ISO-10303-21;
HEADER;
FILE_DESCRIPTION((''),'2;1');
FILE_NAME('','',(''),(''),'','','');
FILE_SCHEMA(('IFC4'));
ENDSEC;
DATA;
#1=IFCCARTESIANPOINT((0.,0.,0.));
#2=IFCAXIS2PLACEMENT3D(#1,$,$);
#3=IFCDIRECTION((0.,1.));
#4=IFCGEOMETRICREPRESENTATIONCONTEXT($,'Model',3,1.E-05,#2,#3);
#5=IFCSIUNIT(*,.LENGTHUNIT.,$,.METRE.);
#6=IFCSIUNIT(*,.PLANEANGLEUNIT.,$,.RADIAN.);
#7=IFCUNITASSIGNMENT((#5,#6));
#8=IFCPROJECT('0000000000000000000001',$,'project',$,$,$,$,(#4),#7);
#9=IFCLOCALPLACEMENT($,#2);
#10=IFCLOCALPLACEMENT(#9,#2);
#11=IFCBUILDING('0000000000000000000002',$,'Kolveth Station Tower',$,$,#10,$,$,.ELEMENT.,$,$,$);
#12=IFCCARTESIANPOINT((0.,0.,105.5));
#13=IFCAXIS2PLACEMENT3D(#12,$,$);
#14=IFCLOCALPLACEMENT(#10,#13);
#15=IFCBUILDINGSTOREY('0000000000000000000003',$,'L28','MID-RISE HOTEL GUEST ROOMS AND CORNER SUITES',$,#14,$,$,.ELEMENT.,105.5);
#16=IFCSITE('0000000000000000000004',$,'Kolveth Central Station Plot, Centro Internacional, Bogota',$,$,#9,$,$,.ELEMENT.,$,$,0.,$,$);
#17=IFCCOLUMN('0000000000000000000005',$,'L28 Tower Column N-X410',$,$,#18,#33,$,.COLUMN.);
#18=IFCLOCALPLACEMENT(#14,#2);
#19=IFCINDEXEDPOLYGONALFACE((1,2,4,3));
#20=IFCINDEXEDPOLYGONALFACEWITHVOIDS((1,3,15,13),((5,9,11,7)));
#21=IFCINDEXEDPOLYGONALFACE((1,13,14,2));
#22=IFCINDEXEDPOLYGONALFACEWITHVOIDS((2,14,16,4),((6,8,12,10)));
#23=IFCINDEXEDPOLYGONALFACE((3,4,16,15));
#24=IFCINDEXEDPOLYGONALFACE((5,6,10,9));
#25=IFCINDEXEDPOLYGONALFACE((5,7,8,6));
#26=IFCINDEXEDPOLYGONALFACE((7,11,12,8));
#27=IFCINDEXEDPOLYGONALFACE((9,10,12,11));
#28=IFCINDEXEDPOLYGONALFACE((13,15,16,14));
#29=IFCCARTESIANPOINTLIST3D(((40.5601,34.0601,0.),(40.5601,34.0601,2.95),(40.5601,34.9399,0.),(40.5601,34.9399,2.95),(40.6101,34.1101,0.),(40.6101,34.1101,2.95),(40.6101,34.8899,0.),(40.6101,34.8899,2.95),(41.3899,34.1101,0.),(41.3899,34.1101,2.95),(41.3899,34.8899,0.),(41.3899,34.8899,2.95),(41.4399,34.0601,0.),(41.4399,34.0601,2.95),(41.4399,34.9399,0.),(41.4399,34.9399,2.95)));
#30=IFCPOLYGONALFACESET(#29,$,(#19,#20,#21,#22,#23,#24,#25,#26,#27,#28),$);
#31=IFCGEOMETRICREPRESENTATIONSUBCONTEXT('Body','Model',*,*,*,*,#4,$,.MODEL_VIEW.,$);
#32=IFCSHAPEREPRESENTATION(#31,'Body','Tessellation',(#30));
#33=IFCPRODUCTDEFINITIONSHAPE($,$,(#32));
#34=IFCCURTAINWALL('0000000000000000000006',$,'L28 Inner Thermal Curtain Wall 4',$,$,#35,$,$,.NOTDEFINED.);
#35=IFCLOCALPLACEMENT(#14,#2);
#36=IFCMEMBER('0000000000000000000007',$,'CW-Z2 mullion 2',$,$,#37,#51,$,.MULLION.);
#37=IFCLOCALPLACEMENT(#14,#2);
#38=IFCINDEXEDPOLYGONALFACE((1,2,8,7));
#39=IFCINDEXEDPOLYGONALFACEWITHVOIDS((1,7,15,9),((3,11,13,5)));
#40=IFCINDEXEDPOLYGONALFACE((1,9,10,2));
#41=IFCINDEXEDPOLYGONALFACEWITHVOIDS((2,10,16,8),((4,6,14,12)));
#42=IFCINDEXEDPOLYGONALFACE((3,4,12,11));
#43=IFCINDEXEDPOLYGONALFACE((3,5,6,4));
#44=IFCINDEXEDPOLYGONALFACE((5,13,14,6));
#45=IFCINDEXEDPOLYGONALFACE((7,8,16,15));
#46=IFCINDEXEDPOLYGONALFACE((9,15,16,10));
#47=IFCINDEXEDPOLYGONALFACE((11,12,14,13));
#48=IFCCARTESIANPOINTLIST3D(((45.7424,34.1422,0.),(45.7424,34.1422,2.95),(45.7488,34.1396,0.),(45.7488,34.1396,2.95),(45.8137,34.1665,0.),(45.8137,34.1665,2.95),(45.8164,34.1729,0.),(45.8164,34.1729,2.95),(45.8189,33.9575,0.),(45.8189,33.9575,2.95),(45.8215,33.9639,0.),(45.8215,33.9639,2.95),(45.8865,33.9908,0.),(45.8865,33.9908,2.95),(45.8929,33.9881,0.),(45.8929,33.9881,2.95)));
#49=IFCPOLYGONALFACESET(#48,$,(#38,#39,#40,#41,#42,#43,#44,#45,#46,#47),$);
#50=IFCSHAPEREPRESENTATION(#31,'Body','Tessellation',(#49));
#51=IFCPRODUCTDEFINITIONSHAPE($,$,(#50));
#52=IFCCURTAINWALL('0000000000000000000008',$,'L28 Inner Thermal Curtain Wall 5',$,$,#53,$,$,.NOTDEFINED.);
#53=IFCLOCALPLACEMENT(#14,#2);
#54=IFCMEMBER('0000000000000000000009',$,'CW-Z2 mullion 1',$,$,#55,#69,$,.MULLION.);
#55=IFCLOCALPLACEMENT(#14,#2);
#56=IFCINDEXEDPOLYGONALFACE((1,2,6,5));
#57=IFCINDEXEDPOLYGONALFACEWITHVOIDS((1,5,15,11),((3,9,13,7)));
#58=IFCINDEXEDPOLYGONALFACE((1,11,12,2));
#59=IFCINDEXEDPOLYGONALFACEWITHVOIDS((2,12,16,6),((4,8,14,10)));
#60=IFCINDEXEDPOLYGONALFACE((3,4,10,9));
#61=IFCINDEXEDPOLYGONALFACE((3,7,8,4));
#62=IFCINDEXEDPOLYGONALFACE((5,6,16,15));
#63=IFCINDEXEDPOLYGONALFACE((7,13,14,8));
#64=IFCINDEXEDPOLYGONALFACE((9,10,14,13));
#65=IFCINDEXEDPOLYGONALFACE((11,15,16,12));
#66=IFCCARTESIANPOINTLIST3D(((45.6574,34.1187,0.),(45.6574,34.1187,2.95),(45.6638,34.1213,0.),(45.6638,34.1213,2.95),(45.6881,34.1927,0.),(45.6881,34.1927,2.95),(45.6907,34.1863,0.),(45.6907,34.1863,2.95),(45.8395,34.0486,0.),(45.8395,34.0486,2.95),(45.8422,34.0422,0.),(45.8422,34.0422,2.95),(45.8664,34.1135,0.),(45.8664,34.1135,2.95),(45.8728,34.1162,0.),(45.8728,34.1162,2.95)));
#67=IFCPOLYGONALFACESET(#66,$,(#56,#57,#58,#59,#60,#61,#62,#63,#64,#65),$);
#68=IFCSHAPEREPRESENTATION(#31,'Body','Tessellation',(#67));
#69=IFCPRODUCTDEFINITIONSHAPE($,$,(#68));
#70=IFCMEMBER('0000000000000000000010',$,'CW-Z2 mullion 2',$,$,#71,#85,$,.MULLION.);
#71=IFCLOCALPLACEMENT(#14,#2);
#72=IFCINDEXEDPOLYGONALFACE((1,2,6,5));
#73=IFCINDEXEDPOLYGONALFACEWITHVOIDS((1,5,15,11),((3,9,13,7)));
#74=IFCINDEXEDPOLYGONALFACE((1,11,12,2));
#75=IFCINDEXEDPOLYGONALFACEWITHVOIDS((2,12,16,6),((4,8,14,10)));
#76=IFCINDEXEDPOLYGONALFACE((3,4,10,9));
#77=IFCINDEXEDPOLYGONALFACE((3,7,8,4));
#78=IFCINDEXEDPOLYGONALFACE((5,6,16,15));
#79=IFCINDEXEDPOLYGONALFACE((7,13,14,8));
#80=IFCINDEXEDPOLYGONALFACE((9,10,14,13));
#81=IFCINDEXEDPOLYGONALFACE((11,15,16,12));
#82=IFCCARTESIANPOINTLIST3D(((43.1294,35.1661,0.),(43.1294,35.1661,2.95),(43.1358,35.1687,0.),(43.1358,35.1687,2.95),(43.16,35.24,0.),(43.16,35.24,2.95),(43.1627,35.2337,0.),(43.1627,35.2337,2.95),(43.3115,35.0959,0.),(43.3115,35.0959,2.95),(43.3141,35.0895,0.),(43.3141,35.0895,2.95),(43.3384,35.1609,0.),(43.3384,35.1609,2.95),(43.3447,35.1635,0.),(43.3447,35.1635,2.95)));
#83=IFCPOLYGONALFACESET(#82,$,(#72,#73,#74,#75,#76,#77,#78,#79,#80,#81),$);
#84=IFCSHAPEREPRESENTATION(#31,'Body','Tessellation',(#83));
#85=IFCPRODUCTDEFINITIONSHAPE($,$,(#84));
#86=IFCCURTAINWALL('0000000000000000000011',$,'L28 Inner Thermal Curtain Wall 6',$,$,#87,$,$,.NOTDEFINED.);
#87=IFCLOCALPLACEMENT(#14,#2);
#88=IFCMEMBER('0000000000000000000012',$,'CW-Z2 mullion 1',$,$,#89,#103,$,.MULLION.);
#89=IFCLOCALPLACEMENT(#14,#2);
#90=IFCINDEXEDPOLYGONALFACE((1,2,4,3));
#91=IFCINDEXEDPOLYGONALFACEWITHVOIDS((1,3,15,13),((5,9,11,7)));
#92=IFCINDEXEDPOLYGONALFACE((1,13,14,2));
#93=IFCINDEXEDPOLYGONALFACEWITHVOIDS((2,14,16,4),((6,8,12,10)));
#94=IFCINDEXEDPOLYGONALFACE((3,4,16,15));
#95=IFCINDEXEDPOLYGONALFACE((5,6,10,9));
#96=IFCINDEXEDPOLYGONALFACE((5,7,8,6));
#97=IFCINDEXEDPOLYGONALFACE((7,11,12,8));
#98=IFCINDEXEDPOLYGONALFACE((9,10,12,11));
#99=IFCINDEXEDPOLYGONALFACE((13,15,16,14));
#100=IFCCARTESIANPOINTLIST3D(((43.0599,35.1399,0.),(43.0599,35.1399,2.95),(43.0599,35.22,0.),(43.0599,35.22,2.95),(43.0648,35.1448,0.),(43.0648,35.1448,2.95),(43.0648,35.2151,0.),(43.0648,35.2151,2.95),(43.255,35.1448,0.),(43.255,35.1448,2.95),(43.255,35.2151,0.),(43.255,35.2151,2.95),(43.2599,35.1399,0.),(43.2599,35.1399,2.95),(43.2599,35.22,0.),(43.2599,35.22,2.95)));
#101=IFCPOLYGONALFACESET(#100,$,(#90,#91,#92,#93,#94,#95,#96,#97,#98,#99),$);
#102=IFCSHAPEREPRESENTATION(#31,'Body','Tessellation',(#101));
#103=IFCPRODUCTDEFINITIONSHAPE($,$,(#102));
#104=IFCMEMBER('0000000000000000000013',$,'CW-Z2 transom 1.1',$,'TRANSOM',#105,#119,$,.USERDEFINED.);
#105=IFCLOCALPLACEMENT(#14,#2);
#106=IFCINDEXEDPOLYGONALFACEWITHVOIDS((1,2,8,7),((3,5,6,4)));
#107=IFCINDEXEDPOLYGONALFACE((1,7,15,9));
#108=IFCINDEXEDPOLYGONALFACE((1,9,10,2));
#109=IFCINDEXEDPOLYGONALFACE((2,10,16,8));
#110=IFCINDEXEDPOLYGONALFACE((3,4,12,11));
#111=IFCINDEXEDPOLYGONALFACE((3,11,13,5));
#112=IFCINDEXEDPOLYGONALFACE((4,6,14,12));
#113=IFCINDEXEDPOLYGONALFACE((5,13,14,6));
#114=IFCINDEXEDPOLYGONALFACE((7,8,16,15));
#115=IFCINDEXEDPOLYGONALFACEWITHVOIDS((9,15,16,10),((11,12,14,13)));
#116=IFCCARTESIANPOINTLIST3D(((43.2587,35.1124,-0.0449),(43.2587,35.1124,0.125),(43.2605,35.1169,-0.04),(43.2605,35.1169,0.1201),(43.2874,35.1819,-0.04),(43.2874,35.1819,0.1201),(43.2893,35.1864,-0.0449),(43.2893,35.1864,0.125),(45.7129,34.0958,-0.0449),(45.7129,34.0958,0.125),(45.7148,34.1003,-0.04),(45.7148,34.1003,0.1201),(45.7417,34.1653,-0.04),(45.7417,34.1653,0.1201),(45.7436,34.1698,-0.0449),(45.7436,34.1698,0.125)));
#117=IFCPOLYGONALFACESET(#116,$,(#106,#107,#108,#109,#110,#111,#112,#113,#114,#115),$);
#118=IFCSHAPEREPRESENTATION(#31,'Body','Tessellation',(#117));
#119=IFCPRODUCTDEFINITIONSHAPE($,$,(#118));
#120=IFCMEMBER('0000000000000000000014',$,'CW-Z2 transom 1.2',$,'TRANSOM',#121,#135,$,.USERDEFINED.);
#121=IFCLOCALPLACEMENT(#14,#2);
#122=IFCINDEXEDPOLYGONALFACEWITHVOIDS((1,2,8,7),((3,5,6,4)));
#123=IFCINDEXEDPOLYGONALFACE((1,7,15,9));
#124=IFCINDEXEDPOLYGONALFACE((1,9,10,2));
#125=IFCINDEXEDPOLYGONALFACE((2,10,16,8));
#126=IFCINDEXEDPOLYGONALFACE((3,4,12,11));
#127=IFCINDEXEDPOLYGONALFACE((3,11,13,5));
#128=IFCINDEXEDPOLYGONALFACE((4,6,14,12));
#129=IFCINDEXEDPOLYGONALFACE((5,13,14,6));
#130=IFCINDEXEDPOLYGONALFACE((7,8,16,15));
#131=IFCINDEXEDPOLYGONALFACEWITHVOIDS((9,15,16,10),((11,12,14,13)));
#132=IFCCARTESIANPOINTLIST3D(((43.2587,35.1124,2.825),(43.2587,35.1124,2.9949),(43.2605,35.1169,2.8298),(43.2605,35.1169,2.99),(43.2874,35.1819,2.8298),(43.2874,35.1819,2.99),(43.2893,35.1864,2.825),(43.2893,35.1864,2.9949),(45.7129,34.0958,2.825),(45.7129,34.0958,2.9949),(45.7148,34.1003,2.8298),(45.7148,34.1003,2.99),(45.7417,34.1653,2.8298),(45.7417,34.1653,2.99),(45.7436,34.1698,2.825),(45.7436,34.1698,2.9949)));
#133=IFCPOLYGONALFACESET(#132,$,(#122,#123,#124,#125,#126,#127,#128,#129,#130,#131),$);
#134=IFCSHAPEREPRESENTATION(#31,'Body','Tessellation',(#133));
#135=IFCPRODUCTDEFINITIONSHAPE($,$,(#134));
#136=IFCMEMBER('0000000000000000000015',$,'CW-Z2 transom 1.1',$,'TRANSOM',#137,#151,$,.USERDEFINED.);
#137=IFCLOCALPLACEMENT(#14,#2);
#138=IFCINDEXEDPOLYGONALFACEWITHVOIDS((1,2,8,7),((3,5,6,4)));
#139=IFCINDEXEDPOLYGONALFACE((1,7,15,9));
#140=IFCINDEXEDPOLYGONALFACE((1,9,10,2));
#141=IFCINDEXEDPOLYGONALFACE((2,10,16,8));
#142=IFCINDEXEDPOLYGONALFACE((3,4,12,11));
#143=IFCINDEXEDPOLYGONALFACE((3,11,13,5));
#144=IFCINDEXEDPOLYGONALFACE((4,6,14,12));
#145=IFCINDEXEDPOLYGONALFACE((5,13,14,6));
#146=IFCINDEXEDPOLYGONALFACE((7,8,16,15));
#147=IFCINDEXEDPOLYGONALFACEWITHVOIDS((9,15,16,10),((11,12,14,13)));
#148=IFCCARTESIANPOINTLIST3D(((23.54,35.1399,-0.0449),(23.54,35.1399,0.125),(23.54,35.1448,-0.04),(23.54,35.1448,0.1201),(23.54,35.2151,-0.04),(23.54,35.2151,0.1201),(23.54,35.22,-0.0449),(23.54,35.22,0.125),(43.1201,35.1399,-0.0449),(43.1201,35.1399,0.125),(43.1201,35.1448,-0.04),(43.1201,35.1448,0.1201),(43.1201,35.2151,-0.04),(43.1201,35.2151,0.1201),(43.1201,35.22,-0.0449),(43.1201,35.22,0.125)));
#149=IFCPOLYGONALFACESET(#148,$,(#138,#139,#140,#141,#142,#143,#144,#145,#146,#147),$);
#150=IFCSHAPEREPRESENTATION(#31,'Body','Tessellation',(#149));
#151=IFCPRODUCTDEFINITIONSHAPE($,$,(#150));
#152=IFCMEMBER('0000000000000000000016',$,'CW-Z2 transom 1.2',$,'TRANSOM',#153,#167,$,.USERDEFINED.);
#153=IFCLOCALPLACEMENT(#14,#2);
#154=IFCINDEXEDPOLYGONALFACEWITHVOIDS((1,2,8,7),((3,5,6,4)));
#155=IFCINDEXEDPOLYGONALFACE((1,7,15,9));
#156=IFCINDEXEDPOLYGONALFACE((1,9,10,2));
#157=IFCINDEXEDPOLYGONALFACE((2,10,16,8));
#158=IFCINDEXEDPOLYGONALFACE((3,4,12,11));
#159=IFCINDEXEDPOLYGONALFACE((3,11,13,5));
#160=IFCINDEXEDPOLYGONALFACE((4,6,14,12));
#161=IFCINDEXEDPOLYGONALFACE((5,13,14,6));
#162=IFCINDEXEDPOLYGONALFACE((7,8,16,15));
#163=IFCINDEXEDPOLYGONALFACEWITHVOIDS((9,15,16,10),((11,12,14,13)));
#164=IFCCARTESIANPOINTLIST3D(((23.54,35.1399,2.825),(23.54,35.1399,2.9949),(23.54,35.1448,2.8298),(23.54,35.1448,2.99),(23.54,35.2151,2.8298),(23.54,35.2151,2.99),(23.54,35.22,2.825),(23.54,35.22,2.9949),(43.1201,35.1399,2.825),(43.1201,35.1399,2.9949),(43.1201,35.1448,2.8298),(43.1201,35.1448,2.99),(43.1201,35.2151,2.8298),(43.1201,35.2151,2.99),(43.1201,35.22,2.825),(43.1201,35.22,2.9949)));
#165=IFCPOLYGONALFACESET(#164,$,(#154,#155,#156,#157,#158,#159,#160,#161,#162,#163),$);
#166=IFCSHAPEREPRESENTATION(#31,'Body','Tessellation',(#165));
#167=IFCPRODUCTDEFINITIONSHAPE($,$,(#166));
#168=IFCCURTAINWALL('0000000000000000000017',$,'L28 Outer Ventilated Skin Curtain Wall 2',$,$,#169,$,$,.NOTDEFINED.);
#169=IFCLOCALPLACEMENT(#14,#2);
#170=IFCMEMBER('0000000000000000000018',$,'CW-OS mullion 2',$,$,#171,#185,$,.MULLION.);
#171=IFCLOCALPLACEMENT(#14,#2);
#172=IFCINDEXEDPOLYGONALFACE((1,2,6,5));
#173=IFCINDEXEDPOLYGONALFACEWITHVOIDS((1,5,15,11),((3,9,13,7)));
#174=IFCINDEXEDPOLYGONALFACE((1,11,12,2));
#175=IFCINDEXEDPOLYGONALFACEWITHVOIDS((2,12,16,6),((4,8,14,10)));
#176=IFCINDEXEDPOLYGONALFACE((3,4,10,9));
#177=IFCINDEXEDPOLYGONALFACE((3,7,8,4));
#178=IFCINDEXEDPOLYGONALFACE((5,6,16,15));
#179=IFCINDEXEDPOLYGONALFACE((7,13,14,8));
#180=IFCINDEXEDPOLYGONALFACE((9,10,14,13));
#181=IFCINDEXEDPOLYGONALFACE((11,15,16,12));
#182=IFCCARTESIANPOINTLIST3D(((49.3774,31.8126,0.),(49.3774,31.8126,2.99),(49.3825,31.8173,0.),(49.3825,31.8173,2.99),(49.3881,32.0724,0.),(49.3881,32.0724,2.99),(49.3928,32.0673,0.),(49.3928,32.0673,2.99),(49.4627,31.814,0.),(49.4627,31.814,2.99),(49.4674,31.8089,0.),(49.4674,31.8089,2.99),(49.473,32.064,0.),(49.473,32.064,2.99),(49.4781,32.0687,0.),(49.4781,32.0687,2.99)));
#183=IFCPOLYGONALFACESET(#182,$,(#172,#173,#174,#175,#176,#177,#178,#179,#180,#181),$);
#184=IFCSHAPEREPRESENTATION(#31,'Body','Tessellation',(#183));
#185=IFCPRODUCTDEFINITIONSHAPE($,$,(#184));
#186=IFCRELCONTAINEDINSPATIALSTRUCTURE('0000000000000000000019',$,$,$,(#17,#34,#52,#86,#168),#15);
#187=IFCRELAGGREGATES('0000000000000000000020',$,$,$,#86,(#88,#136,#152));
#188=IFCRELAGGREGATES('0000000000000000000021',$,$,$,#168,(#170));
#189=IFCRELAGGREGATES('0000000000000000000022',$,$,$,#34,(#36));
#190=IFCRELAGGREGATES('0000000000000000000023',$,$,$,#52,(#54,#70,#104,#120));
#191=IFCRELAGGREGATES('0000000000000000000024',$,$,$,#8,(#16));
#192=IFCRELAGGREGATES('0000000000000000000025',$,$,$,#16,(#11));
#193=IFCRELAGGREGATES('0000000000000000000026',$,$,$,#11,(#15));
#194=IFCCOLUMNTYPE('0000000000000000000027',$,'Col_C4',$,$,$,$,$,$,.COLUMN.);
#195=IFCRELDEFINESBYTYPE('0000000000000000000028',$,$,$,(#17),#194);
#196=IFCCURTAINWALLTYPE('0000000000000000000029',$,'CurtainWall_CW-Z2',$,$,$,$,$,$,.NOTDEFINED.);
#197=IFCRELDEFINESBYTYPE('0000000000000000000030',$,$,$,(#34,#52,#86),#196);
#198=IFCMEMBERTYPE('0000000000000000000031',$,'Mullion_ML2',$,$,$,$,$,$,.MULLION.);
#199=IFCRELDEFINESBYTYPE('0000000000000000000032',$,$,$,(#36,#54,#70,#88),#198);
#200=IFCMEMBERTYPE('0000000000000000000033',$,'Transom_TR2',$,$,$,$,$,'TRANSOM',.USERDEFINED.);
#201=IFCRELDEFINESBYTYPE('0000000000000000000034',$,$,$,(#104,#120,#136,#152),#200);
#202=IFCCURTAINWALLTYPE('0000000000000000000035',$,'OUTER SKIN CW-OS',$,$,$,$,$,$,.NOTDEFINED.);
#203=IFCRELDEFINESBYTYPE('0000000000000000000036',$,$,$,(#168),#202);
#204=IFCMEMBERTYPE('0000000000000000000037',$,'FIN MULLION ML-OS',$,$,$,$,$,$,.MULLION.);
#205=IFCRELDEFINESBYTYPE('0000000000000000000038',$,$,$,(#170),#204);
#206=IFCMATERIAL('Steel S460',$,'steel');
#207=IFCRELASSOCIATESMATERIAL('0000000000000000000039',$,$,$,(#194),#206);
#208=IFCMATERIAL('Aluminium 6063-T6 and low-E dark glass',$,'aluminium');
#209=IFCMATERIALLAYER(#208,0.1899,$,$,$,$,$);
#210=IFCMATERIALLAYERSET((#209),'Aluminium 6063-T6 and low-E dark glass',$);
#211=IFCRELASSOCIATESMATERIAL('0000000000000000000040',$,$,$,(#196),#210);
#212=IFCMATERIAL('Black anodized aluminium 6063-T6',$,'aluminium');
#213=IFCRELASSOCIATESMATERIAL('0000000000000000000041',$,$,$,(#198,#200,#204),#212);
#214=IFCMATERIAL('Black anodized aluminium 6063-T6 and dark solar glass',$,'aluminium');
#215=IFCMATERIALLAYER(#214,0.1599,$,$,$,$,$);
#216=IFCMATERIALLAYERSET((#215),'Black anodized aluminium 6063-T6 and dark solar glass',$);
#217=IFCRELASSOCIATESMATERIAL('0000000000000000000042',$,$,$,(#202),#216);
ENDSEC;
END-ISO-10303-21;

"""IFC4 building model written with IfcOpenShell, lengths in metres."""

from ifc_helpers import new_model, si_unit, direction, frame, origin, origin_2d, place, context, subcontext, project, spatial, hollow_rectangle, extrude, source, transform, mapped, material, layer, layer_set, material_profile, profile_set, type_object, element, aggregate, save


model = new_model("IFC4")

# Units and contexts
model_context = context("Model", 3, precision=1e-05, world=origin(), true_north=direction((0.0, 1.0)))
body_context = subcontext(model_context, "Body", "Model", "MODEL_VIEW")
ifc_project = project(units=[si_unit("LENGTHUNIT", "METRE"), si_unit("PLANEANGLEUNIT", "RADIAN")], contexts=[model_context])

# Site, building, storey
site_placement = place(None, origin())
site = spatial("IfcSite", under=ifc_project, at=site_placement, Name="Kolveth Central Station Plot, Centro Internacional, Bogota", CompositionType="ELEMENT", RefElevation=0.0)
building_placement = place(site_placement, origin())
building = spatial("IfcBuilding", under=site, at=building_placement, Name="Kolveth Station Tower", CompositionType="ELEMENT")
storey_placement = place(building_placement, frame((0.0, 0.0, 105.5)))
storey = spatial("IfcBuildingStorey", under=building, at=storey_placement, Name="L28", Description="MID-RISE HOTEL GUEST ROOMS AND CORNER SUITES", CompositionType="ELEMENT", Elevation=105.5)

# Column
ifc_material_1 = material(Name="Steel S460", Category="steel")
ifc_material_profile_1 = material_profile(ifc_material_1, hollow_rectangle(XDim=0.8799, YDim=0.8799, WallThickness=0.05, at=origin_2d()), Name="BOX880x880x50")
ifc_profile_set_1 = profile_set([ifc_material_profile_1], Name="Steel S460")
column_type = type_object("IfcColumnType", Name="Col_C4", PredefinedType="COLUMN", material=ifc_profile_set_1)
shared_shape_1 = source(origin(), body_context, "Body", "SweptSolid", [
    extrude(hollow_rectangle(XDim=0.8799, YDim=0.8799, WallThickness=0.05, at=origin_2d()), origin(), (0.0, 0.0, 1.0), 2.95),
])
column_placement = place(storey_placement, frame((41.0, 34.5, 0.0), z_axis=(0.0, 0.0, 1.0), x_axis=(1.0, 0.0, 0.0)))
element("IfcColumn", 1, at=column_placement, inside=storey, type_object=column_type, Name="L28 Tower Column N-X410", PredefinedType="COLUMN", context=body_context, shape_type="MappedRepresentation", body=[
    mapped(shared_shape_1, transform((0.0, 0.0, 0.0), x_axis=(1.0, 0.0, 0.0), y_axis=(0.0, 1.0, 0.0), z_axis=(0.0, 0.0, 1.0), scale=1.0)),
])

# Curtain wall, member
ifc_material_2 = material(Name="Aluminium 6063-T6 and low-E dark glass", Category="aluminium")
ifc_layer_1 = layer(ifc_material_2, 0.1899)
ifc_layer_set_1 = layer_set([ifc_layer_1], Name="Aluminium 6063-T6 and low-E dark glass")
curtain_wall_type_1 = type_object("IfcCurtainWallType", Name="CurtainWall_CW-Z2", PredefinedType="NOTDEFINED", material=ifc_layer_set_1)
curtain_wall_1_placement = place(storey_placement, origin())
curtain_wall_1 = element("IfcCurtainWall", 2, at=curtain_wall_1_placement, inside=storey, type_object=curtain_wall_type_1, Name="L28 Inner Thermal Curtain Wall 4", PredefinedType="NOTDEFINED")
ifc_material_3 = material(Name="Black anodized aluminium 6063-T6", Category="aluminium")
ifc_material_profile_2 = material_profile(ifc_material_3, hollow_rectangle(XDim=0.0801, YDim=0.2, WallThickness=0.0049, at=origin_2d()), Name="ALU-80x200x5")
ifc_profile_set_2 = profile_set([ifc_material_profile_2], Name="Black anodized aluminium 6063-T6")
member_type_1 = type_object("IfcMemberType", Name="Mullion_ML2", PredefinedType="MULLION", material=ifc_profile_set_2)
shared_shape_2 = source(origin(), body_context, "Body", "SweptSolid", [
    extrude(hollow_rectangle(XDim=0.0801, YDim=0.2, WallThickness=0.0049, at=origin_2d()), origin(), (0.0, 0.0, 1.0), 2.95),
])
member_1_placement = place(storey_placement, frame((45.8176, 34.0652, 0.0), z_axis=(0.0, 0.0, 1.0), x_axis=(-0.923888, -0.382663, 0.0)))
member_1 = element("IfcMember", 3, at=member_1_placement, type_object=member_type_1, Name="CW-Z2 mullion 2", PredefinedType="MULLION", context=body_context, shape_type="MappedRepresentation", body=[
    mapped(shared_shape_2, transform((0.0, 0.0, 0.0), x_axis=(1.0, 0.0, 0.0), y_axis=(0.0, 1.0, 0.0), z_axis=(0.0, 0.0, 1.0), scale=1.0)),
])

# Curtain wall, members
curtain_wall_2_placement = place(storey_placement, origin())
curtain_wall_2 = element("IfcCurtainWall", 4, at=curtain_wall_2_placement, inside=storey, type_object=curtain_wall_type_1, Name="L28 Inner Thermal Curtain Wall 5", PredefinedType="NOTDEFINED")
member_2_placement = place(storey_placement, frame((45.7651, 34.1174, 0.0), z_axis=(0.0, 0.0, 1.0), x_axis=(-0.382663, -0.923888, 0.0)))
member_2 = element("IfcMember", 5, at=member_2_placement, type_object=member_type_1, Name="CW-Z2 mullion 1", PredefinedType="MULLION", context=body_context, shape_type="MappedRepresentation", body=[
    mapped(shared_shape_2, transform((0.0, 0.0, 0.0), x_axis=(1.0, 0.0, 0.0), y_axis=(0.0, 1.0, 0.0), z_axis=(0.0, 0.0, 1.0), scale=1.0)),
])
member_3_placement = place(storey_placement, frame((43.2371, 35.1648, 0.0), z_axis=(0.0, 0.0, 1.0), x_axis=(-0.382663, -0.923888, 0.0)))
member_3 = element("IfcMember", 6, at=member_3_placement, type_object=member_type_1, Name="CW-Z2 mullion 2", PredefinedType="MULLION", context=body_context, shape_type="MappedRepresentation", body=[
    mapped(shared_shape_2, transform((0.0, 0.0, 0.0), x_axis=(1.0, 0.0, 0.0), y_axis=(0.0, 1.0, 0.0), z_axis=(0.0, 0.0, 1.0), scale=1.0)),
])

# Curtain wall, member
curtain_wall_3_placement = place(storey_placement, origin())
curtain_wall_3 = element("IfcCurtainWall", 7, at=curtain_wall_3_placement, inside=storey, type_object=curtain_wall_type_1, Name="L28 Inner Thermal Curtain Wall 6", PredefinedType="NOTDEFINED")
member_4_placement = place(storey_placement, frame((43.1599, 35.1799, 0.0), z_axis=(0.0, 0.0, 1.0), x_axis=(0.0, -1.0, 0.0)))
member_4 = element("IfcMember", 8, at=member_4_placement, type_object=member_type_1, Name="CW-Z2 mullion 1", PredefinedType="MULLION", context=body_context, shape_type="MappedRepresentation", body=[
    mapped(shared_shape_2, transform((0.0, 0.0, 0.0), x_axis=(1.0, 0.0, 0.0), y_axis=(0.0, 1.0, 0.0), z_axis=(0.0, 0.0, 1.0), scale=1.0)),
])

# Members
ifc_material_profile_3 = material_profile(ifc_material_3, hollow_rectangle(XDim=0.0801, YDim=0.1699, WallThickness=0.0049, at=origin_2d()), Name="ALU-80x170x5")
ifc_profile_set_3 = profile_set([ifc_material_profile_3], Name="Black anodized aluminium 6063-T6")
member_type_2 = type_object("IfcMemberType", Name="Transom_TR2", ElementType="TRANSOM", PredefinedType="USERDEFINED", material=ifc_profile_set_3)
shared_shape_3 = source(origin(), body_context, "Body", "SweptSolid", [
    extrude(hollow_rectangle(XDim=0.0801, YDim=0.1699, WallThickness=0.0049, at=origin_2d()), origin(), (0.0, 0.0, 1.0), 2.6565),
])
member_5_placement = place(storey_placement, frame((45.7283, 34.1328, 0.04), z_axis=(-0.923882, 0.382676, 0.0), x_axis=(-0.382676, -0.923882, 0.0)))
member_5 = element("IfcMember", 9, at=member_5_placement, type_object=member_type_2, Name="CW-Z2 transom 1.1", ObjectType="TRANSOM", PredefinedType="USERDEFINED", context=body_context, shape_type="MappedRepresentation", body=[
    mapped(shared_shape_3, transform((0.0, 0.0, 0.0), x_axis=(1.0, 0.0, 0.0), y_axis=(0.0, 1.0, 0.0), z_axis=(0.0, 0.0, 1.0), scale=1.0)),
])
member_6_placement = place(storey_placement, frame((45.7283, 34.1328, 2.9099), z_axis=(-0.923882, 0.382676, 0.0), x_axis=(-0.382676, -0.923882, 0.0)))
member_6 = element("IfcMember", 10, at=member_6_placement, type_object=member_type_2, Name="CW-Z2 transom 1.2", ObjectType="TRANSOM", PredefinedType="USERDEFINED", context=body_context, shape_type="MappedRepresentation", body=[
    mapped(shared_shape_3, transform((0.0, 0.0, 0.0), x_axis=(1.0, 0.0, 0.0), y_axis=(0.0, 1.0, 0.0), z_axis=(0.0, 0.0, 1.0), scale=1.0)),
])
shared_shape_4 = source(origin(), body_context, "Body", "SweptSolid", [
    extrude(hollow_rectangle(XDim=0.0801, YDim=0.1699, WallThickness=0.0049, at=origin_2d()), origin(), (0.0, 0.0, 1.0), 19.5801),
])
member_7_placement = place(storey_placement, frame((43.1201, 35.1799, 0.04), z_axis=(-1.0, 0.0, 0.0), x_axis=(0.0, -1.0, 0.0)))
member_7 = element("IfcMember", 11, at=member_7_placement, type_object=member_type_2, Name="CW-Z2 transom 1.1", ObjectType="TRANSOM", PredefinedType="USERDEFINED", context=body_context, shape_type="MappedRepresentation", body=[
    mapped(shared_shape_4, transform((0.0, 0.0, 0.0), x_axis=(1.0, 0.0, 0.0), y_axis=(0.0, 1.0, 0.0), z_axis=(0.0, 0.0, 1.0), scale=1.0)),
])
member_8_placement = place(storey_placement, frame((43.1201, 35.1799, 2.9099), z_axis=(-1.0, 0.0, 0.0), x_axis=(0.0, -1.0, 0.0)))
member_8 = element("IfcMember", 12, at=member_8_placement, type_object=member_type_2, Name="CW-Z2 transom 1.2", ObjectType="TRANSOM", PredefinedType="USERDEFINED", context=body_context, shape_type="MappedRepresentation", body=[
    mapped(shared_shape_4, transform((0.0, 0.0, 0.0), x_axis=(1.0, 0.0, 0.0), y_axis=(0.0, 1.0, 0.0), z_axis=(0.0, 0.0, 1.0), scale=1.0)),
])
aggregate(curtain_wall_3, [member_4, member_7, member_8])

# Curtain wall, member
ifc_material_4 = material(Name="Black anodized aluminium 6063-T6 and dark solar glass", Category="aluminium")
ifc_layer_2 = layer(ifc_material_4, 0.1599)
ifc_layer_set_2 = layer_set([ifc_layer_2], Name="Black anodized aluminium 6063-T6 and dark solar glass")
curtain_wall_type_2 = type_object("IfcCurtainWallType", Name="OUTER SKIN CW-OS", PredefinedType="NOTDEFINED", material=ifc_layer_set_2)
curtain_wall_4_placement = place(storey_placement, origin())
curtain_wall_4 = element("IfcCurtainWall", 13, at=curtain_wall_4_placement, inside=storey, type_object=curtain_wall_type_2, Name="L28 Outer Ventilated Skin Curtain Wall 2", PredefinedType="NOTDEFINED")
ifc_material_profile_4 = material_profile(ifc_material_3, hollow_rectangle(XDim=0.0901, YDim=0.26, WallThickness=0.0049, at=origin_2d()), Name="ALU-90x260x5")
ifc_profile_set_4 = profile_set([ifc_material_profile_4], Name="Black anodized aluminium 6063-T6")
member_type_3 = type_object("IfcMemberType", Name="FIN MULLION ML-OS", PredefinedType="MULLION", material=ifc_profile_set_4)
shared_shape_5 = source(origin(), body_context, "Body", "SweptSolid", [
    extrude(hollow_rectangle(XDim=0.0901, YDim=0.26, WallThickness=0.0049, at=origin_2d()), origin(), (0.0, 0.0, 1.0), 2.99),
])
member_9_placement = place(storey_placement, frame((49.4277, 31.9407, 0.0), z_axis=(0.0, 0.0, 1.0), x_axis=(-0.999154, 0.041128, 0.0)))
member_9 = element("IfcMember", 14, at=member_9_placement, type_object=member_type_3, Name="CW-OS mullion 2", PredefinedType="MULLION", context=body_context, shape_type="MappedRepresentation", body=[
    mapped(shared_shape_5, transform((0.0, 0.0, 0.0), x_axis=(1.0, 0.0, 0.0), y_axis=(0.0, 1.0, 0.0), z_axis=(0.0, 0.0, 1.0), scale=1.0)),
])
aggregate(curtain_wall_4, [member_9])

aggregate(curtain_wall_1, [member_1])
aggregate(curtain_wall_2, [member_2, member_3, member_5, member_6])

save(model, "model.ifc")
